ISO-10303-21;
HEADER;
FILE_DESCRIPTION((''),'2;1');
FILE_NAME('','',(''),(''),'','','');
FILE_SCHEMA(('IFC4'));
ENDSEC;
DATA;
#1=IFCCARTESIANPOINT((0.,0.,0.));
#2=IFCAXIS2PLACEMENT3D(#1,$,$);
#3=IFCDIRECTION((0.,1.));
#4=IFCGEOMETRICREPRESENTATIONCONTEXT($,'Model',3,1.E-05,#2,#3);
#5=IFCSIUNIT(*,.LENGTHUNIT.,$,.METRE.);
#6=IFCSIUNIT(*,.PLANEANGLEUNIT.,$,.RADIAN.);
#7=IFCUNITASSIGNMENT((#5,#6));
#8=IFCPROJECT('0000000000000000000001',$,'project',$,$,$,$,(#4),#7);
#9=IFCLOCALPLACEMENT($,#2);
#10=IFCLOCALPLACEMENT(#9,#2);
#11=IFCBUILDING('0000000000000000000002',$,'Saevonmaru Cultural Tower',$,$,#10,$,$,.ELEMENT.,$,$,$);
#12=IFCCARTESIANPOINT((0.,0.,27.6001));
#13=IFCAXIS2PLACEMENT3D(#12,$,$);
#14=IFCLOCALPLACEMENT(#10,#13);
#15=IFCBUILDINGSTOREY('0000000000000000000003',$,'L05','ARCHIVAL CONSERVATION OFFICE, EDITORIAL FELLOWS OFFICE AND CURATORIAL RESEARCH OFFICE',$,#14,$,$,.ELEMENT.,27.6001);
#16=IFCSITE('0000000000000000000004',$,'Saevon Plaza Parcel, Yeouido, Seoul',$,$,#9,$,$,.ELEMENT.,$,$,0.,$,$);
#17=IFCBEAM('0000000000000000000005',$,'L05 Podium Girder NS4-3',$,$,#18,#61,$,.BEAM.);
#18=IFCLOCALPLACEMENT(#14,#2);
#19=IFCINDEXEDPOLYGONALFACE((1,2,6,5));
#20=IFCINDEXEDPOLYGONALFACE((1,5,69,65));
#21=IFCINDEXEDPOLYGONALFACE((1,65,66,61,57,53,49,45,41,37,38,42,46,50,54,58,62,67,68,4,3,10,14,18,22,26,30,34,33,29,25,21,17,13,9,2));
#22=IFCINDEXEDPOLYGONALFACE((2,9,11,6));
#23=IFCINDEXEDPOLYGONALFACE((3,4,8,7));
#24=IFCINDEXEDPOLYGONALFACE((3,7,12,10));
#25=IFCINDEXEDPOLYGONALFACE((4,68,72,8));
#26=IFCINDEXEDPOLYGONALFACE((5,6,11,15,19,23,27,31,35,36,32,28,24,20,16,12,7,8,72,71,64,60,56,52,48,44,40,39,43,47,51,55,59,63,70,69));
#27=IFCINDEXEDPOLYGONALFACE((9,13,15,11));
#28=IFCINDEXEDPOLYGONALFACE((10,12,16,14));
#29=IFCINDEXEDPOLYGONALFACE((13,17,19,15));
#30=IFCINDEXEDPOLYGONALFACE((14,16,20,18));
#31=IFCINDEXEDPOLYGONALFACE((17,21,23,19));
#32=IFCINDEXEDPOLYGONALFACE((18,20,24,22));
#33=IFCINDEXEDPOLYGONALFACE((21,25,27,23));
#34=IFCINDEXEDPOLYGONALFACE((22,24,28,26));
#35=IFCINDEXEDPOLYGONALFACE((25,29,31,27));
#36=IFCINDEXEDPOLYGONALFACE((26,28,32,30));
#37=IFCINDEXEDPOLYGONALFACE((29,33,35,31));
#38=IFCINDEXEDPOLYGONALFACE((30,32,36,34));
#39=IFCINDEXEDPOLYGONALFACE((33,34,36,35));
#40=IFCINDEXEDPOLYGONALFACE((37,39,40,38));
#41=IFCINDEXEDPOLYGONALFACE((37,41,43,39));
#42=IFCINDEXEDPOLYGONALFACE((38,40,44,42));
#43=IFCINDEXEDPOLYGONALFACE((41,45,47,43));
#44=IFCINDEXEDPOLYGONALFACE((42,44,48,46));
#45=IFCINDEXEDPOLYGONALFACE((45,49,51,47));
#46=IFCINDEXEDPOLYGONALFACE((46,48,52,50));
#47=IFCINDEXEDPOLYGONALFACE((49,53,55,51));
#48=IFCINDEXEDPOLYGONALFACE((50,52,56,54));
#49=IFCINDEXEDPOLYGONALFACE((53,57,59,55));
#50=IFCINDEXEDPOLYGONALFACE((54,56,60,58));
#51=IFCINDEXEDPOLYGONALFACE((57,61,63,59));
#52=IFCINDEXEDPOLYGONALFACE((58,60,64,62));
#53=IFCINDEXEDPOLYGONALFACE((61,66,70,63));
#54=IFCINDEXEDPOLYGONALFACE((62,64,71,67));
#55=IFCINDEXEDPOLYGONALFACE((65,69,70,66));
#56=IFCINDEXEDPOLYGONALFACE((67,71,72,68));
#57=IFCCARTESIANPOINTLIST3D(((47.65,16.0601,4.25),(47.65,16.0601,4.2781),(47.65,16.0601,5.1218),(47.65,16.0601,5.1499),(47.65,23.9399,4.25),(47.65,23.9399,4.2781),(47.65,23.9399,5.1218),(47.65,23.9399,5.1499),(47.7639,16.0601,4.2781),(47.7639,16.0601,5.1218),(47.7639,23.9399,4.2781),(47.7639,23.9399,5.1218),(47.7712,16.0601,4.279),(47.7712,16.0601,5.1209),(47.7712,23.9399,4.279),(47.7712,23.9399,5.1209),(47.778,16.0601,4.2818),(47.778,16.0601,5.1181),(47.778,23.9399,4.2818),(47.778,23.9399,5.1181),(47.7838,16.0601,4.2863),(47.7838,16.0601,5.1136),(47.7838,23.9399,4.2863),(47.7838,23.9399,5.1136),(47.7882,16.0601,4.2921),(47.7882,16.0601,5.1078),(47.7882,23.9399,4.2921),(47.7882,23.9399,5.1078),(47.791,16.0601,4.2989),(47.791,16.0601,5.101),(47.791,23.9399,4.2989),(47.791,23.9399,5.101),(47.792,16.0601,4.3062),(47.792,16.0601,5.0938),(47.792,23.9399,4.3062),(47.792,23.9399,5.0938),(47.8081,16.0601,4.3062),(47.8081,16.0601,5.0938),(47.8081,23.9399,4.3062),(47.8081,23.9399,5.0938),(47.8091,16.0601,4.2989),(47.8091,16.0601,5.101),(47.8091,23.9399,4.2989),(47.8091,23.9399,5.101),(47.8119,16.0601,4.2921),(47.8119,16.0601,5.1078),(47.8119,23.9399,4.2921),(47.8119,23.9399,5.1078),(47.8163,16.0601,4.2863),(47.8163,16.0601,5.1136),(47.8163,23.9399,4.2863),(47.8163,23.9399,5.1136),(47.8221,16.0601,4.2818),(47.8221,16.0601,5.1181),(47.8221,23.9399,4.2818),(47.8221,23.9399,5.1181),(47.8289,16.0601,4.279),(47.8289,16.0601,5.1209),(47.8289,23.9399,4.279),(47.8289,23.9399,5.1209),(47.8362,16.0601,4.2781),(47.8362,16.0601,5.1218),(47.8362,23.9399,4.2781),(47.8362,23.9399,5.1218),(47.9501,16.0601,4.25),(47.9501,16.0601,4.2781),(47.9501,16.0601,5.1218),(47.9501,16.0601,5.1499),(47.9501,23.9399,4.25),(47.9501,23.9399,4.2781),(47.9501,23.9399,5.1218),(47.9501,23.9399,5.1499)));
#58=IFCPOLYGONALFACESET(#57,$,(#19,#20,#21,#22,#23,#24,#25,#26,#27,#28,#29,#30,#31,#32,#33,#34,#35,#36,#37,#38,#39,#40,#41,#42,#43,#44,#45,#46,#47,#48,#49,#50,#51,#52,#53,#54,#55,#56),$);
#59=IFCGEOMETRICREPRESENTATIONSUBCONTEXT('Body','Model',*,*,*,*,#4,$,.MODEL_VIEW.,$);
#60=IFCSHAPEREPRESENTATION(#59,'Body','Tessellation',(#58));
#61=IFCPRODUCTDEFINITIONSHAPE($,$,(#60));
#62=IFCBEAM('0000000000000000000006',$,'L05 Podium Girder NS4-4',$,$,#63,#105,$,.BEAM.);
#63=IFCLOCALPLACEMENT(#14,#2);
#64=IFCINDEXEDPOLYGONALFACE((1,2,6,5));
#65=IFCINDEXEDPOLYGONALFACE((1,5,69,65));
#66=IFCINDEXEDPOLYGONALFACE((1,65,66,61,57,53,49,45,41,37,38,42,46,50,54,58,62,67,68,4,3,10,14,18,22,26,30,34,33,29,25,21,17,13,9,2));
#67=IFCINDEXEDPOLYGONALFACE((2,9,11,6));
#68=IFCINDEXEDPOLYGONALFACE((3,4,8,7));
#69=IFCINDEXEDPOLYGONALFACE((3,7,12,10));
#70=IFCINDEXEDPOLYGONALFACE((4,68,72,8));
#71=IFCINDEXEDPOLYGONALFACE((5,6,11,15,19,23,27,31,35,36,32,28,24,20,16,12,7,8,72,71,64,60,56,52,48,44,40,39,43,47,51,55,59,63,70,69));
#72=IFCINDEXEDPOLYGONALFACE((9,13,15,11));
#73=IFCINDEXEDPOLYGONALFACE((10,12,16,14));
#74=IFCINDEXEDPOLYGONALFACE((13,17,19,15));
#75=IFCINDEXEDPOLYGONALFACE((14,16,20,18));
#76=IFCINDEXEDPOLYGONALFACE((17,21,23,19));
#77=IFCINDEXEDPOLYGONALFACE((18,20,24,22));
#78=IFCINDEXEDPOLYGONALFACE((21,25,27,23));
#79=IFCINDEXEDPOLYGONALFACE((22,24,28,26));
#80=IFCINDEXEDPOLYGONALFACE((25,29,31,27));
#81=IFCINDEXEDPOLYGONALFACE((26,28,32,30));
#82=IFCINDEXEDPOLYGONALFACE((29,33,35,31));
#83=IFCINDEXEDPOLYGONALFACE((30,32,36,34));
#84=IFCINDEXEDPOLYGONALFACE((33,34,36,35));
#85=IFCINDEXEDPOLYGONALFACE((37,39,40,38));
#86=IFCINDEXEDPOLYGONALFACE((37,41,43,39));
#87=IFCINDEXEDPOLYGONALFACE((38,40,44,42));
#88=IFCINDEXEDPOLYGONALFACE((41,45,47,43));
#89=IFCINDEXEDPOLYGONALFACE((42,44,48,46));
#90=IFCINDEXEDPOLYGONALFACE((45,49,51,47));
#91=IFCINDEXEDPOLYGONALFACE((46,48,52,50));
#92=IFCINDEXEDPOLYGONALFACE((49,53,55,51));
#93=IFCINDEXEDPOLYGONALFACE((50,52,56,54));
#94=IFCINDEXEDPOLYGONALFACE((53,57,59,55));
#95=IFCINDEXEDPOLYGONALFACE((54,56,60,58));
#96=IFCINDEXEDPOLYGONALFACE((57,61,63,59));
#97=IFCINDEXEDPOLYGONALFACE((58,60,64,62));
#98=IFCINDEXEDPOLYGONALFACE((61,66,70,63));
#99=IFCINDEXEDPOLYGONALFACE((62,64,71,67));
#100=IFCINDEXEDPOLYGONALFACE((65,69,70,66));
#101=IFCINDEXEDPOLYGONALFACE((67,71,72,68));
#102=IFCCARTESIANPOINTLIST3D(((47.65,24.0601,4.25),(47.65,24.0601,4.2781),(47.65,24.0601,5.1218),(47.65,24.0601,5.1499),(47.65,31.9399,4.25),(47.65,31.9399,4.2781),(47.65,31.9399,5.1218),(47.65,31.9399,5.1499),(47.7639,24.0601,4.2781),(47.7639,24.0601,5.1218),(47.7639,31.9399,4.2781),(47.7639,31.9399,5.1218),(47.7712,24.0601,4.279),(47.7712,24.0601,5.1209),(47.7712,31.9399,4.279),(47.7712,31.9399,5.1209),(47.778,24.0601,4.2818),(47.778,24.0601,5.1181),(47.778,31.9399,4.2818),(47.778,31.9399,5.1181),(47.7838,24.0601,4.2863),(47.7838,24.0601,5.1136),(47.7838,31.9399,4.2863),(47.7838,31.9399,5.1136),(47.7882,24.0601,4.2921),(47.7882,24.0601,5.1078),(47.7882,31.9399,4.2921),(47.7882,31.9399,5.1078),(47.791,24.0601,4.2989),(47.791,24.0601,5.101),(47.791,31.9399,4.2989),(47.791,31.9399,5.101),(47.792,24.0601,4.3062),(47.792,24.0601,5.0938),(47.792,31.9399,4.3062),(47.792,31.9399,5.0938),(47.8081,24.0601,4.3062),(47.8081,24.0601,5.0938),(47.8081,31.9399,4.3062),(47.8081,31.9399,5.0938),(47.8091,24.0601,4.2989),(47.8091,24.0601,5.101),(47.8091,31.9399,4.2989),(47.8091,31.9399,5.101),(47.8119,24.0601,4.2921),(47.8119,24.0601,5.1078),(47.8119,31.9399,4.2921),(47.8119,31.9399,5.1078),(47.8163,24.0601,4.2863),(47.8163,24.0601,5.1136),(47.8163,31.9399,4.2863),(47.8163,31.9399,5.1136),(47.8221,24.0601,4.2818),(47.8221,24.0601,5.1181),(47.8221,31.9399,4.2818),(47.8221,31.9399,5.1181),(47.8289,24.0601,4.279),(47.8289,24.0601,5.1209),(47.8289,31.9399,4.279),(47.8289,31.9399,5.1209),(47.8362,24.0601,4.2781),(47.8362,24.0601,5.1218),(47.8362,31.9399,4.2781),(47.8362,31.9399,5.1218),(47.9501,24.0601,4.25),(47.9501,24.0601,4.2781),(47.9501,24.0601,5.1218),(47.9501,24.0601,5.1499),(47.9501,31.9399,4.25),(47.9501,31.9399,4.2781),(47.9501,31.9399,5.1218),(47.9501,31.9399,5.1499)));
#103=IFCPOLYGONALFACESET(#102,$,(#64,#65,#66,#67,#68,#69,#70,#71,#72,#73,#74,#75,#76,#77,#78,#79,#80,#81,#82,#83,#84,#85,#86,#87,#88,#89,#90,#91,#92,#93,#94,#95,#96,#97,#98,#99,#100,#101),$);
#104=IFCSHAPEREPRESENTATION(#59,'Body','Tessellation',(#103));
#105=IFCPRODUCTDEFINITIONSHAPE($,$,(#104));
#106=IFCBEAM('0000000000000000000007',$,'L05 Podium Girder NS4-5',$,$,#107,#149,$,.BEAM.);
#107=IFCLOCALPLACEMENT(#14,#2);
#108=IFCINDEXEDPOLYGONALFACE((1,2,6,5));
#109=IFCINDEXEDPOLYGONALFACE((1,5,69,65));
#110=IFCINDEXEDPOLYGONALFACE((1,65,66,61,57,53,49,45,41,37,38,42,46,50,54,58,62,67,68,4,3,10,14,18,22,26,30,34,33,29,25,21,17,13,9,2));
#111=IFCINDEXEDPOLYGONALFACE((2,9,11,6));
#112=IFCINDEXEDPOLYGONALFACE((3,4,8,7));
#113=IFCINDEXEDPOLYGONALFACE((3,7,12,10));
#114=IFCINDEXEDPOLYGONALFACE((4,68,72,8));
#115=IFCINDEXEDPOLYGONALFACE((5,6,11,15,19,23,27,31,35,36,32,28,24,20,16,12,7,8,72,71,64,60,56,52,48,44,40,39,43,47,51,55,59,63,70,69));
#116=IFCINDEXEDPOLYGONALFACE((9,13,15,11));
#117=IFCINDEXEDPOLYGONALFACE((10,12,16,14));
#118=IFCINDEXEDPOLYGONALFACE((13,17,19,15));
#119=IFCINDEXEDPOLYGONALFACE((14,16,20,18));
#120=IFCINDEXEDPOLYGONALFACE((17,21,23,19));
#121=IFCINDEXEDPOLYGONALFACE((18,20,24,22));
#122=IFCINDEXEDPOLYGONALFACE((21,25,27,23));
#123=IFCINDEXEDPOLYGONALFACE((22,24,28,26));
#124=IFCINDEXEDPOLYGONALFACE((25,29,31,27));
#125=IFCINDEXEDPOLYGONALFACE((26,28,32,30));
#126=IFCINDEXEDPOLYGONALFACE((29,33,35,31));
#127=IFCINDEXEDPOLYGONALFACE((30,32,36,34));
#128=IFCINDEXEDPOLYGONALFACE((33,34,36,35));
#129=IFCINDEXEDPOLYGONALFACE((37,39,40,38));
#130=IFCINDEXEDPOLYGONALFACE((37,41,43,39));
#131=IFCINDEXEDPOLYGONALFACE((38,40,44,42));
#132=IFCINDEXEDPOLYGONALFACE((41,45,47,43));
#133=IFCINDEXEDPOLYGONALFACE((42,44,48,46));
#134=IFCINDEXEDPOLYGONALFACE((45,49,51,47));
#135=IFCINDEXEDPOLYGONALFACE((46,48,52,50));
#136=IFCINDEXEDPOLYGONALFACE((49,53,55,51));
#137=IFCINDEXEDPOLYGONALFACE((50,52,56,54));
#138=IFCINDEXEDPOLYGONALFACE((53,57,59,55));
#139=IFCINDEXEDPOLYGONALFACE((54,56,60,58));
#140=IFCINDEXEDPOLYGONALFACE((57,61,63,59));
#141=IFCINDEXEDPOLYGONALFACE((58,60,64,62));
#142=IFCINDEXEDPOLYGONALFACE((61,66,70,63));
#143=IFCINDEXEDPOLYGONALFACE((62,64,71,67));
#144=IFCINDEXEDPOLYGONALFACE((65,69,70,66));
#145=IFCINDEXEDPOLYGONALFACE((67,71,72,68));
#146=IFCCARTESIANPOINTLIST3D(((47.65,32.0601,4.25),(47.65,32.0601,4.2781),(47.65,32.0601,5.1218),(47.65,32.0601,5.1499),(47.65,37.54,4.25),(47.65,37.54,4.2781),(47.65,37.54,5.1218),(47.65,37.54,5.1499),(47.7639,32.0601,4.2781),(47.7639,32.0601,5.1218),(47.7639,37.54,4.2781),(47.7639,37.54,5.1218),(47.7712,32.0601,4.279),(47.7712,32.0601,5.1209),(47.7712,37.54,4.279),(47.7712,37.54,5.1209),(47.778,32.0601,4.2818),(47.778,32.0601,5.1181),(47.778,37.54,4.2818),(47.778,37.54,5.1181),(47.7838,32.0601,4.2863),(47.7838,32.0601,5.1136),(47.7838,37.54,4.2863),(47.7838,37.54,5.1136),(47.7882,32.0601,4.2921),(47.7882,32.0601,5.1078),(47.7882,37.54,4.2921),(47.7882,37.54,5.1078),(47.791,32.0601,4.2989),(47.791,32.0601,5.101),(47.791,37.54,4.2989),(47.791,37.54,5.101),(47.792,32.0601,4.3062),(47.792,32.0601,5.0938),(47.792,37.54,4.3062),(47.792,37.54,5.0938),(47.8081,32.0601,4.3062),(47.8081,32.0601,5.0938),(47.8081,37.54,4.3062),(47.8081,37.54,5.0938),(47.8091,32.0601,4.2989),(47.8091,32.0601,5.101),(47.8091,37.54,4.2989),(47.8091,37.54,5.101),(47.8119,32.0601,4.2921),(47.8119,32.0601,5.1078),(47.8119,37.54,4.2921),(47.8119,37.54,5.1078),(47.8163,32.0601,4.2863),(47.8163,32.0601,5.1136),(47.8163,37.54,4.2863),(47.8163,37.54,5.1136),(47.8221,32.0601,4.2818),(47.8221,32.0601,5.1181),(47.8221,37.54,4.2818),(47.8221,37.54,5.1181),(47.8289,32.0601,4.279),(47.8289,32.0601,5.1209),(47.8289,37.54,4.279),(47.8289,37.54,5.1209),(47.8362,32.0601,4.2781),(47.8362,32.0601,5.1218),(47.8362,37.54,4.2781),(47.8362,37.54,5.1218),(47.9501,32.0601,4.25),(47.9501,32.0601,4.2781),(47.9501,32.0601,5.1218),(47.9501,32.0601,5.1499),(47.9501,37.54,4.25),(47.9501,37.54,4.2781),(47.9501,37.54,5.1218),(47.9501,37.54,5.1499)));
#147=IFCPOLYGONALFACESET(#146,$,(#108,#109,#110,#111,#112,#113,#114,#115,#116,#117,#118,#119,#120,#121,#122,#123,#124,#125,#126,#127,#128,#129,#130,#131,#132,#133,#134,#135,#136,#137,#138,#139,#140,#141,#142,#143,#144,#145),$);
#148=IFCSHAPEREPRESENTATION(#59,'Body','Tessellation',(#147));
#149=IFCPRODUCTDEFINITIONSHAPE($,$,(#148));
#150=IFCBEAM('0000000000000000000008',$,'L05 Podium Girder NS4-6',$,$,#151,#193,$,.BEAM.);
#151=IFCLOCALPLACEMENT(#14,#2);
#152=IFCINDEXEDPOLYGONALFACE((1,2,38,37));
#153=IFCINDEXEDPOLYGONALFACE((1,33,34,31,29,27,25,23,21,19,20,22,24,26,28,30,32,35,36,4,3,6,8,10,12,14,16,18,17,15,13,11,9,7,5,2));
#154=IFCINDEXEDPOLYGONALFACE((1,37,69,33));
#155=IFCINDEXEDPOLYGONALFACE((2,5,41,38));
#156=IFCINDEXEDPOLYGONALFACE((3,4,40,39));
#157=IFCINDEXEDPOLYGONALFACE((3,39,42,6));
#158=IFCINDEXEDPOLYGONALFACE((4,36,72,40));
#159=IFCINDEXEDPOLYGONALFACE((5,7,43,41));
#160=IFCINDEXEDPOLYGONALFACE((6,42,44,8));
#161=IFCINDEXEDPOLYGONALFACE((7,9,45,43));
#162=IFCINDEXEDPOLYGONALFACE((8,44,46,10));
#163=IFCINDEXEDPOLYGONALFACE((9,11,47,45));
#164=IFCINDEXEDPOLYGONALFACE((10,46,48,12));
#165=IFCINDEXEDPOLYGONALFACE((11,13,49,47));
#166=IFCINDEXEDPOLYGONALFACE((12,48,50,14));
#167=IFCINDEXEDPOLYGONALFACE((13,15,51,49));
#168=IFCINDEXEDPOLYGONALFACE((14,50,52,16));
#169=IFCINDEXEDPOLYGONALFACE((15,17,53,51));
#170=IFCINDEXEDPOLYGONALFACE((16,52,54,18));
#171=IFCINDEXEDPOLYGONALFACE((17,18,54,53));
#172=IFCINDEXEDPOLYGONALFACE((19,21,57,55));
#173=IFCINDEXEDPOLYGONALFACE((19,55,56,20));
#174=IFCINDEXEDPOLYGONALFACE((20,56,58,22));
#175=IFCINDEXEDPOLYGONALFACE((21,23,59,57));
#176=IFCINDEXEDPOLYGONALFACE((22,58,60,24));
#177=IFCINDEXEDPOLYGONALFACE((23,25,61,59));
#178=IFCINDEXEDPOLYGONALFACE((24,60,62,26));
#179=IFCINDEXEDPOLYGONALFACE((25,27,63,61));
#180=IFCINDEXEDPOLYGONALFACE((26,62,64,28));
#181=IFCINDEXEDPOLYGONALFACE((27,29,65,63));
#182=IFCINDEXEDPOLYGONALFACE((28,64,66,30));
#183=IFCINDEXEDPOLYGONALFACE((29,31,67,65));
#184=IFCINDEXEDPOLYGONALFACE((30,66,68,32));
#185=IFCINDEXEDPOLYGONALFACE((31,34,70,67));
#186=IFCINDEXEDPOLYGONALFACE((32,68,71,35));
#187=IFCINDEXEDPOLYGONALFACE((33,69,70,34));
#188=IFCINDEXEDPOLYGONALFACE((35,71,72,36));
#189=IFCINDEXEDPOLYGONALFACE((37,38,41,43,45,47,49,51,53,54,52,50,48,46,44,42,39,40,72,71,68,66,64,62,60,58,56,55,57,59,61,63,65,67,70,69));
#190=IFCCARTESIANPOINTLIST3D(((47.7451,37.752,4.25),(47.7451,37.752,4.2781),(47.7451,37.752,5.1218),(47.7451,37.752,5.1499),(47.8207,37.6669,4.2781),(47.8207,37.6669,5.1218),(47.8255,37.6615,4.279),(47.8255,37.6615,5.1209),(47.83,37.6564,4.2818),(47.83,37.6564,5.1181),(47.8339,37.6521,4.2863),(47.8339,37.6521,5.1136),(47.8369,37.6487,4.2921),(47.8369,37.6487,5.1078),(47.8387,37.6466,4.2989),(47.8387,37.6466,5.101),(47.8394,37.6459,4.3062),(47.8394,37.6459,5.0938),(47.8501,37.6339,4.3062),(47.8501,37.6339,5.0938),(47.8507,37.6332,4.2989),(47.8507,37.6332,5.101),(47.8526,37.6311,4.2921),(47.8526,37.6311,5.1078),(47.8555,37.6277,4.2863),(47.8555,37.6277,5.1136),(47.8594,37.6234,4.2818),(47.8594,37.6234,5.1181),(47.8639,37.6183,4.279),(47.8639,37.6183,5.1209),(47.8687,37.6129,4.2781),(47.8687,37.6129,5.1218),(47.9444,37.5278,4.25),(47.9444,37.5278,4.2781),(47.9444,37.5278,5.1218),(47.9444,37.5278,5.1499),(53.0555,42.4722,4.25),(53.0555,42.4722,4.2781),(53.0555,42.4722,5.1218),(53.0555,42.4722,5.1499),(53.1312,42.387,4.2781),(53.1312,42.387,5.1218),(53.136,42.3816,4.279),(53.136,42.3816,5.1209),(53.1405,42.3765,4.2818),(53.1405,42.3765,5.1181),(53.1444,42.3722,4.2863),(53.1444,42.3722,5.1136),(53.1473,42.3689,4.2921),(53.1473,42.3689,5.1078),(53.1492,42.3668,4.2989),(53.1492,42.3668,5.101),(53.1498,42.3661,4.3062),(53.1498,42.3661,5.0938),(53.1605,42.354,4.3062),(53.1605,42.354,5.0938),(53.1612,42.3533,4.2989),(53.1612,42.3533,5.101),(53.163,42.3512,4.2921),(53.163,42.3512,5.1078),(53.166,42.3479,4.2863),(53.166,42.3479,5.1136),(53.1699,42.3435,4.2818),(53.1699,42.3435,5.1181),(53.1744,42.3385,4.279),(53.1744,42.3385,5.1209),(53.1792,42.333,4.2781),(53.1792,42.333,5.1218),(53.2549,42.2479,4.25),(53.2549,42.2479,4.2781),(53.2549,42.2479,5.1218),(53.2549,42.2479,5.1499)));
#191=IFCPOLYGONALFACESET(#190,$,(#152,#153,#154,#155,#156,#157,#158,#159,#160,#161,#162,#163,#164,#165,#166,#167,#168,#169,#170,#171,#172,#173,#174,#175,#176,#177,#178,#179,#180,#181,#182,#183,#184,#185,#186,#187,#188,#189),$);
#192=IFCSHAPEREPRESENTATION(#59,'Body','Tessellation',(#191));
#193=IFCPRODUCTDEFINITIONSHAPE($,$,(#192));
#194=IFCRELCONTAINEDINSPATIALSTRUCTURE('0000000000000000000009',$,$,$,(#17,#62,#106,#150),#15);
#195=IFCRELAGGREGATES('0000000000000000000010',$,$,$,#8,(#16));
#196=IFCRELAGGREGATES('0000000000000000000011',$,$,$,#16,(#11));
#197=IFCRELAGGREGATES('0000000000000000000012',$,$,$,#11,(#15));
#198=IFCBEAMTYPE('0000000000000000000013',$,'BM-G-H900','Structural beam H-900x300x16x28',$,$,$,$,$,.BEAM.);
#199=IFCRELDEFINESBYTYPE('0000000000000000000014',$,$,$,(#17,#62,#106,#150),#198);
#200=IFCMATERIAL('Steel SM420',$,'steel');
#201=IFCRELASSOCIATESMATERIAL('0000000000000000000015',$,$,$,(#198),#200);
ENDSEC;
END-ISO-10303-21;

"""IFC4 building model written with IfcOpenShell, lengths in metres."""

from ifc_helpers import new_model, si_unit, direction, frame, origin, origin_2d, place, context, subcontext, project, spatial, i_section, extrude, material, material_profile, profile_set, type_object, element, save


model = new_model("IFC4")

# Units and contexts
model_context = context("Model", 3, precision=1e-05, world=origin(), true_north=direction((0.0, 1.0)))
body_context = subcontext(model_context, "Body", "Model", "MODEL_VIEW")
ifc_project = project(units=[si_unit("LENGTHUNIT", "METRE"), si_unit("PLANEANGLEUNIT", "RADIAN")], contexts=[model_context])

# Site, building, storey
site_placement = place(None, origin())
site = spatial("IfcSite", under=ifc_project, at=site_placement, Name="Saevon Plaza Parcel, Yeouido, Seoul", CompositionType="ELEMENT", RefElevation=0.0)
building_placement = place(site_placement, origin())
building = spatial("IfcBuilding", under=site, at=building_placement, Name="Saevonmaru Cultural Tower", CompositionType="ELEMENT")
storey_placement = place(building_placement, frame((0.0, 0.0, 27.6001)))
storey = spatial("IfcBuildingStorey", under=building, at=storey_placement, Name="L05", Description="ARCHIVAL CONSERVATION OFFICE, EDITORIAL FELLOWS OFFICE AND CURATORIAL RESEARCH OFFICE", CompositionType="ELEMENT", Elevation=27.6001)

# Beams
ifc_material_1 = material(Name="Steel SM420", Category="steel")
ifc_material_profile_1 = material_profile(ifc_material_1, i_section(OverallWidth=0.3, OverallDepth=0.8999, WebThickness=0.0161, FlangeThickness=0.0281, FilletRadius=0.0281, at=origin_2d()), Name="H-900x300x16x28")
ifc_profile_set_1 = profile_set([ifc_material_profile_1], Name="Steel SM420")
beam_type = type_object("IfcBeamType", Name="BM-G-H900", Description="Structural beam H-900x300x16x28", PredefinedType="BEAM", material=ifc_profile_set_1)
for number, where, z_axis, x_axis, name in (
    (1, (47.8, 16.0601, 4.7), (0.0, 1.0, 0.0), (-1.0, 0.0, 0.0), "L05 Podium Girder NS4-3"),
    (2, (47.8, 24.0601, 4.7), (0.0, 1.0, 0.0), (-1.0, 0.0, 0.0), "L05 Podium Girder NS4-4"),
):
    element("IfcBeam", number, at=place(storey_placement, frame(where, z_axis=z_axis, x_axis=x_axis)), inside=storey, type_object=beam_type, Name=name, PredefinedType="BEAM", context=body_context, shape_type="SweptSolid", body=[
        extrude(i_section(OverallWidth=0.3, OverallDepth=0.8999, WebThickness=0.0161, FlangeThickness=0.0281, FilletRadius=0.0281, at=origin_2d()), origin(), (0.0, 0.0, 1.0), 7.8799),
    ])
beam_1_placement = place(storey_placement, frame((47.8, 32.0601, 4.7), z_axis=(0.0, 1.0, 0.0), x_axis=(-1.0, 0.0, 0.0)))
element("IfcBeam", 3, at=beam_1_placement, inside=storey, type_object=beam_type, Name="L05 Podium Girder NS4-5", PredefinedType="BEAM", context=body_context, shape_type="SweptSolid", body=[
    extrude(i_section(OverallWidth=0.3, OverallDepth=0.8999, WebThickness=0.0161, FlangeThickness=0.0281, FilletRadius=0.0281, at=origin_2d()), origin(), (0.0, 0.0, 1.0), 5.48),
])
beam_2_placement = place(storey_placement, frame((47.8447, 37.6399, 4.7), z_axis=(0.747428, 0.664343, 0.0), x_axis=(-0.664343, 0.747428, 0.0)))
element("IfcBeam", 4, at=beam_2_placement, inside=storey, type_object=beam_type, Name="L05 Podium Girder NS4-6", PredefinedType="BEAM", context=body_context, shape_type="SweptSolid", body=[
    extrude(i_section(OverallWidth=0.3, OverallDepth=0.8999, WebThickness=0.0161, FlangeThickness=0.0281, FilletRadius=0.0281, at=origin_2d()), origin(), (0.0, 0.0, 1.0), 7.105),
])

save(model, "model.ifc")
